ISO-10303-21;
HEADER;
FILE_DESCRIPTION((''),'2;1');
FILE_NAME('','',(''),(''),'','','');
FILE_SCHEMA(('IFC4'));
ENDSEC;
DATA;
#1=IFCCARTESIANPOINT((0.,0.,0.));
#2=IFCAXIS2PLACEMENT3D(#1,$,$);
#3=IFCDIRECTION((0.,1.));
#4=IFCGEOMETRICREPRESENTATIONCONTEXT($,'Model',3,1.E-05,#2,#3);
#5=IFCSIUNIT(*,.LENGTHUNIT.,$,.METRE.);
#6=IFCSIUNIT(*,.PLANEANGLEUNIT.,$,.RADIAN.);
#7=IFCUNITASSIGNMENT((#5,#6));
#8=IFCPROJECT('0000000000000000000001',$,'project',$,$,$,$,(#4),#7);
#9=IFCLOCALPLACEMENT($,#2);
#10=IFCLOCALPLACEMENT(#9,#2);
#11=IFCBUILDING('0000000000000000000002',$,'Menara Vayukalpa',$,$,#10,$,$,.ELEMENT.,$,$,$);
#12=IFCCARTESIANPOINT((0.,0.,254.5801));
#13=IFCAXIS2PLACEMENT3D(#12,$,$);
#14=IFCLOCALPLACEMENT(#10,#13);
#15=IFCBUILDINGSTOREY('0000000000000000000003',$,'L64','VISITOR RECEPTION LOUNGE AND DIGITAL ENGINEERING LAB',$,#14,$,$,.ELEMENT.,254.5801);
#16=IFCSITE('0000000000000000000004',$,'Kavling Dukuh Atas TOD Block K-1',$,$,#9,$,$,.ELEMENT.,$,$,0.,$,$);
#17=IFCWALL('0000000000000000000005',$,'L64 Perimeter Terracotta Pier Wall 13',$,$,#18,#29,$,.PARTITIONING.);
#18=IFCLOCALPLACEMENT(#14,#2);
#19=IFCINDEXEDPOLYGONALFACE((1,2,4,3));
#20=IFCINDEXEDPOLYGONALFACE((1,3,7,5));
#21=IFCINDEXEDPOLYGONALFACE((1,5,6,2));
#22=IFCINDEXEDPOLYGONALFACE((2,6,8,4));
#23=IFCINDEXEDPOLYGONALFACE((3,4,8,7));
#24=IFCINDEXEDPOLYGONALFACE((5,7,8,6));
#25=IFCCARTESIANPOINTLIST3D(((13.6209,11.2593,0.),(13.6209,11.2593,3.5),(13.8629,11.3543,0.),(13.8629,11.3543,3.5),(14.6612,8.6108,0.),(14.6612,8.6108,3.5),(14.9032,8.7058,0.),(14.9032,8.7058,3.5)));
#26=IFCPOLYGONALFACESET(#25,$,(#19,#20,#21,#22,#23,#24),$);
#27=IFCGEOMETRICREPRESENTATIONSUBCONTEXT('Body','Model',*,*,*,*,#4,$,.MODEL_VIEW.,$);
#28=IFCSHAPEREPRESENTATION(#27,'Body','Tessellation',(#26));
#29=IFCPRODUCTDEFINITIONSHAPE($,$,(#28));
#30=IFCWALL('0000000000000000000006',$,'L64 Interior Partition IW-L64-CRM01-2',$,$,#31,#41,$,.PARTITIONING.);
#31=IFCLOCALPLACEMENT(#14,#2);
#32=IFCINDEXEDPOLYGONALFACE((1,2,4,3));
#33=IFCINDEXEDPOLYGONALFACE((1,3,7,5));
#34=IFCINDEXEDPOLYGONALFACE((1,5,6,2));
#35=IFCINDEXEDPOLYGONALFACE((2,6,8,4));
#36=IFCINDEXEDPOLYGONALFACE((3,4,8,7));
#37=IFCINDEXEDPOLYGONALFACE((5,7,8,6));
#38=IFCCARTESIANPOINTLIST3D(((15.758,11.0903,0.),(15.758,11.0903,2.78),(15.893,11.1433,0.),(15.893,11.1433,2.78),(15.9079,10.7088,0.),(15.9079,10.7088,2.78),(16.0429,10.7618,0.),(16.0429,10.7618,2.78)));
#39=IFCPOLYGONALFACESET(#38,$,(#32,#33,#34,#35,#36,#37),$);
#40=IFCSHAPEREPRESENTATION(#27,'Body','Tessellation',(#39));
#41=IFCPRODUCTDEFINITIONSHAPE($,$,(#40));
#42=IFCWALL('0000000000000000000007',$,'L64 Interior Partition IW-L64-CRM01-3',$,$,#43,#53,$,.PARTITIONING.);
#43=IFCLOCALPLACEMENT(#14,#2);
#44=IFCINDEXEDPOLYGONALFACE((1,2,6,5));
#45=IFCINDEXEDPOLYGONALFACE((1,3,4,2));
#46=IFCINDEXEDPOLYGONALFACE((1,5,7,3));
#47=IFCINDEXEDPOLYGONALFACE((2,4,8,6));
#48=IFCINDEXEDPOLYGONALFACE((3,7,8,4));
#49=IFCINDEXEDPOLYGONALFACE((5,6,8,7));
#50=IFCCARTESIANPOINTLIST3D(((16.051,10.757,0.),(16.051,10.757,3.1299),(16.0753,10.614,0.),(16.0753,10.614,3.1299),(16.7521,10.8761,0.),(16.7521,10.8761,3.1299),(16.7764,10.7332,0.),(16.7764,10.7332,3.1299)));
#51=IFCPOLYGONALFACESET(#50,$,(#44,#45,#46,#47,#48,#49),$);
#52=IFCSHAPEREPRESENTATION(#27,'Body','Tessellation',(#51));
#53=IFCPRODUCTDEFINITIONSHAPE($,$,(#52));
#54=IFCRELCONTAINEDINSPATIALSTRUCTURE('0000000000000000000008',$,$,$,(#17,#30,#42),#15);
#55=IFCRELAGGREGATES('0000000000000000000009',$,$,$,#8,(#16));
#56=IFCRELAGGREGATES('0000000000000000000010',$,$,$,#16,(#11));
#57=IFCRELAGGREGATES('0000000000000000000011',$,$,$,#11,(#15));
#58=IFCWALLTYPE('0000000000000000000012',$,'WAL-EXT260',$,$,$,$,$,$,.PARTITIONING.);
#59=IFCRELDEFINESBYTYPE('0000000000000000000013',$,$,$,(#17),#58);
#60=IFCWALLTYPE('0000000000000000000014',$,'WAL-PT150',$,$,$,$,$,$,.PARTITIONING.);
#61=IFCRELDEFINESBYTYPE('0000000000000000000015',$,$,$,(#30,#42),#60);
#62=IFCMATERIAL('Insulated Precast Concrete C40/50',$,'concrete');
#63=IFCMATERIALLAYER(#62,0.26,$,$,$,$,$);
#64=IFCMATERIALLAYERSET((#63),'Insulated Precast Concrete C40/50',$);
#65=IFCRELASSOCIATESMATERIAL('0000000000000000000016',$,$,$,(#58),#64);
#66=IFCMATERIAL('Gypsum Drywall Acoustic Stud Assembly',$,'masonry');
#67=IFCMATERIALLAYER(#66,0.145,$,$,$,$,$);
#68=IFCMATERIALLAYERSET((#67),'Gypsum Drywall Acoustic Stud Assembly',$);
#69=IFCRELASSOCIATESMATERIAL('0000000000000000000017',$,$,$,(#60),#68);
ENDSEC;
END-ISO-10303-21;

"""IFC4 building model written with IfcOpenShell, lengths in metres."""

from ifc_helpers import new_model, si_unit, direction, frame, frame_2d, origin, place, context, subcontext, project, spatial, rectangle, extrude, material, layer, layer_set, type_object, element, save


model = new_model("IFC4")

# Units and contexts
model_context = context("Model", 3, precision=1e-05, world=origin(), true_north=direction((0.0, 1.0)))
body_context = subcontext(model_context, "Body", "Model", "MODEL_VIEW")
ifc_project = project(units=[si_unit("LENGTHUNIT", "METRE"), si_unit("PLANEANGLEUNIT", "RADIAN")], contexts=[model_context])

# Site, building, storey
site_placement = place(None, origin())
site = spatial("IfcSite", under=ifc_project, at=site_placement, Name="Kavling Dukuh Atas TOD Block K-1", CompositionType="ELEMENT", RefElevation=0.0)
building_placement = place(site_placement, origin())
building = spatial("IfcBuilding", under=site, at=building_placement, Name="Menara Vayukalpa", CompositionType="ELEMENT")
storey_placement = place(building_placement, frame((0.0, 0.0, 254.5801)))
storey = spatial("IfcBuildingStorey", under=building, at=storey_placement, Name="L64", Description="VISITOR RECEPTION LOUNGE AND DIGITAL ENGINEERING LAB", CompositionType="ELEMENT", Elevation=254.5801)

# Walls
ifc_material_1 = material(Name="Insulated Precast Concrete C40/50", Category="concrete")
ifc_layer_1 = layer(ifc_material_1, 0.26)
ifc_layer_set_1 = layer_set([ifc_layer_1], Name="Insulated Precast Concrete C40/50")
wall_type_1 = type_object("IfcWallType", Name="WAL-EXT260", PredefinedType="PARTITIONING", material=ifc_layer_set_1)
wall_1_placement = place(storey_placement, frame((14.7822, 8.6582, 0.0), z_axis=(0.0, 0.0, 1.0), x_axis=(-0.365599, 0.930772, 0.0)))
element("IfcWall", 1, at=wall_1_placement, inside=storey, type_object=wall_type_1, Name="L64 Perimeter Terracotta Pier Wall 13", PredefinedType="PARTITIONING", context=body_context, shape_type="SweptSolid", body=[
    extrude(rectangle(XDim=2.8455, YDim=0.26, at=frame_2d((1.4229, 0.0))), origin(), (0.0, 0.0, 1.0), 3.5),
])
ifc_material_2 = material(Name="Gypsum Drywall Acoustic Stud Assembly", Category="masonry")
ifc_layer_2 = layer(ifc_material_2, 0.145)
ifc_layer_set_2 = layer_set([ifc_layer_2], Name="Gypsum Drywall Acoustic Stud Assembly")
wall_type_2 = type_object("IfcWallType", Name="WAL-PT150", PredefinedType="PARTITIONING", material=ifc_layer_set_2)
wall_2_placement = place(storey_placement, frame((15.8254, 11.1169, 0.0), z_axis=(0.0, 0.0, 1.0), x_axis=(0.365634, -0.930759, 0.0)))
element("IfcWall", 2, at=wall_2_placement, inside=storey, type_object=wall_type_2, Name="L64 Interior Partition IW-L64-CRM01-2", PredefinedType="PARTITIONING", context=body_context, shape_type="SweptSolid", body=[
    extrude(rectangle(XDim=0.4099, YDim=0.145, at=frame_2d((0.2051, 0.0))), origin(), (0.0, 0.0, 1.0), 2.78),
])
wall_3_placement = place(storey_placement, frame((16.0632, 10.6855, 0.0), z_axis=(0.0, 0.0, 1.0), x_axis=(0.985869, 0.167515, 0.0)))
element("IfcWall", 3, at=wall_3_placement, inside=storey, type_object=wall_type_2, Name="L64 Interior Partition IW-L64-CRM01-3", PredefinedType="PARTITIONING", context=body_context, shape_type="SweptSolid", body=[
    extrude(rectangle(XDim=0.7112, YDim=0.145, at=frame_2d((0.3555, 0.0))), origin(), (0.0, 0.0, 1.0), 3.1299),
])

save(model, "model.ifc")
